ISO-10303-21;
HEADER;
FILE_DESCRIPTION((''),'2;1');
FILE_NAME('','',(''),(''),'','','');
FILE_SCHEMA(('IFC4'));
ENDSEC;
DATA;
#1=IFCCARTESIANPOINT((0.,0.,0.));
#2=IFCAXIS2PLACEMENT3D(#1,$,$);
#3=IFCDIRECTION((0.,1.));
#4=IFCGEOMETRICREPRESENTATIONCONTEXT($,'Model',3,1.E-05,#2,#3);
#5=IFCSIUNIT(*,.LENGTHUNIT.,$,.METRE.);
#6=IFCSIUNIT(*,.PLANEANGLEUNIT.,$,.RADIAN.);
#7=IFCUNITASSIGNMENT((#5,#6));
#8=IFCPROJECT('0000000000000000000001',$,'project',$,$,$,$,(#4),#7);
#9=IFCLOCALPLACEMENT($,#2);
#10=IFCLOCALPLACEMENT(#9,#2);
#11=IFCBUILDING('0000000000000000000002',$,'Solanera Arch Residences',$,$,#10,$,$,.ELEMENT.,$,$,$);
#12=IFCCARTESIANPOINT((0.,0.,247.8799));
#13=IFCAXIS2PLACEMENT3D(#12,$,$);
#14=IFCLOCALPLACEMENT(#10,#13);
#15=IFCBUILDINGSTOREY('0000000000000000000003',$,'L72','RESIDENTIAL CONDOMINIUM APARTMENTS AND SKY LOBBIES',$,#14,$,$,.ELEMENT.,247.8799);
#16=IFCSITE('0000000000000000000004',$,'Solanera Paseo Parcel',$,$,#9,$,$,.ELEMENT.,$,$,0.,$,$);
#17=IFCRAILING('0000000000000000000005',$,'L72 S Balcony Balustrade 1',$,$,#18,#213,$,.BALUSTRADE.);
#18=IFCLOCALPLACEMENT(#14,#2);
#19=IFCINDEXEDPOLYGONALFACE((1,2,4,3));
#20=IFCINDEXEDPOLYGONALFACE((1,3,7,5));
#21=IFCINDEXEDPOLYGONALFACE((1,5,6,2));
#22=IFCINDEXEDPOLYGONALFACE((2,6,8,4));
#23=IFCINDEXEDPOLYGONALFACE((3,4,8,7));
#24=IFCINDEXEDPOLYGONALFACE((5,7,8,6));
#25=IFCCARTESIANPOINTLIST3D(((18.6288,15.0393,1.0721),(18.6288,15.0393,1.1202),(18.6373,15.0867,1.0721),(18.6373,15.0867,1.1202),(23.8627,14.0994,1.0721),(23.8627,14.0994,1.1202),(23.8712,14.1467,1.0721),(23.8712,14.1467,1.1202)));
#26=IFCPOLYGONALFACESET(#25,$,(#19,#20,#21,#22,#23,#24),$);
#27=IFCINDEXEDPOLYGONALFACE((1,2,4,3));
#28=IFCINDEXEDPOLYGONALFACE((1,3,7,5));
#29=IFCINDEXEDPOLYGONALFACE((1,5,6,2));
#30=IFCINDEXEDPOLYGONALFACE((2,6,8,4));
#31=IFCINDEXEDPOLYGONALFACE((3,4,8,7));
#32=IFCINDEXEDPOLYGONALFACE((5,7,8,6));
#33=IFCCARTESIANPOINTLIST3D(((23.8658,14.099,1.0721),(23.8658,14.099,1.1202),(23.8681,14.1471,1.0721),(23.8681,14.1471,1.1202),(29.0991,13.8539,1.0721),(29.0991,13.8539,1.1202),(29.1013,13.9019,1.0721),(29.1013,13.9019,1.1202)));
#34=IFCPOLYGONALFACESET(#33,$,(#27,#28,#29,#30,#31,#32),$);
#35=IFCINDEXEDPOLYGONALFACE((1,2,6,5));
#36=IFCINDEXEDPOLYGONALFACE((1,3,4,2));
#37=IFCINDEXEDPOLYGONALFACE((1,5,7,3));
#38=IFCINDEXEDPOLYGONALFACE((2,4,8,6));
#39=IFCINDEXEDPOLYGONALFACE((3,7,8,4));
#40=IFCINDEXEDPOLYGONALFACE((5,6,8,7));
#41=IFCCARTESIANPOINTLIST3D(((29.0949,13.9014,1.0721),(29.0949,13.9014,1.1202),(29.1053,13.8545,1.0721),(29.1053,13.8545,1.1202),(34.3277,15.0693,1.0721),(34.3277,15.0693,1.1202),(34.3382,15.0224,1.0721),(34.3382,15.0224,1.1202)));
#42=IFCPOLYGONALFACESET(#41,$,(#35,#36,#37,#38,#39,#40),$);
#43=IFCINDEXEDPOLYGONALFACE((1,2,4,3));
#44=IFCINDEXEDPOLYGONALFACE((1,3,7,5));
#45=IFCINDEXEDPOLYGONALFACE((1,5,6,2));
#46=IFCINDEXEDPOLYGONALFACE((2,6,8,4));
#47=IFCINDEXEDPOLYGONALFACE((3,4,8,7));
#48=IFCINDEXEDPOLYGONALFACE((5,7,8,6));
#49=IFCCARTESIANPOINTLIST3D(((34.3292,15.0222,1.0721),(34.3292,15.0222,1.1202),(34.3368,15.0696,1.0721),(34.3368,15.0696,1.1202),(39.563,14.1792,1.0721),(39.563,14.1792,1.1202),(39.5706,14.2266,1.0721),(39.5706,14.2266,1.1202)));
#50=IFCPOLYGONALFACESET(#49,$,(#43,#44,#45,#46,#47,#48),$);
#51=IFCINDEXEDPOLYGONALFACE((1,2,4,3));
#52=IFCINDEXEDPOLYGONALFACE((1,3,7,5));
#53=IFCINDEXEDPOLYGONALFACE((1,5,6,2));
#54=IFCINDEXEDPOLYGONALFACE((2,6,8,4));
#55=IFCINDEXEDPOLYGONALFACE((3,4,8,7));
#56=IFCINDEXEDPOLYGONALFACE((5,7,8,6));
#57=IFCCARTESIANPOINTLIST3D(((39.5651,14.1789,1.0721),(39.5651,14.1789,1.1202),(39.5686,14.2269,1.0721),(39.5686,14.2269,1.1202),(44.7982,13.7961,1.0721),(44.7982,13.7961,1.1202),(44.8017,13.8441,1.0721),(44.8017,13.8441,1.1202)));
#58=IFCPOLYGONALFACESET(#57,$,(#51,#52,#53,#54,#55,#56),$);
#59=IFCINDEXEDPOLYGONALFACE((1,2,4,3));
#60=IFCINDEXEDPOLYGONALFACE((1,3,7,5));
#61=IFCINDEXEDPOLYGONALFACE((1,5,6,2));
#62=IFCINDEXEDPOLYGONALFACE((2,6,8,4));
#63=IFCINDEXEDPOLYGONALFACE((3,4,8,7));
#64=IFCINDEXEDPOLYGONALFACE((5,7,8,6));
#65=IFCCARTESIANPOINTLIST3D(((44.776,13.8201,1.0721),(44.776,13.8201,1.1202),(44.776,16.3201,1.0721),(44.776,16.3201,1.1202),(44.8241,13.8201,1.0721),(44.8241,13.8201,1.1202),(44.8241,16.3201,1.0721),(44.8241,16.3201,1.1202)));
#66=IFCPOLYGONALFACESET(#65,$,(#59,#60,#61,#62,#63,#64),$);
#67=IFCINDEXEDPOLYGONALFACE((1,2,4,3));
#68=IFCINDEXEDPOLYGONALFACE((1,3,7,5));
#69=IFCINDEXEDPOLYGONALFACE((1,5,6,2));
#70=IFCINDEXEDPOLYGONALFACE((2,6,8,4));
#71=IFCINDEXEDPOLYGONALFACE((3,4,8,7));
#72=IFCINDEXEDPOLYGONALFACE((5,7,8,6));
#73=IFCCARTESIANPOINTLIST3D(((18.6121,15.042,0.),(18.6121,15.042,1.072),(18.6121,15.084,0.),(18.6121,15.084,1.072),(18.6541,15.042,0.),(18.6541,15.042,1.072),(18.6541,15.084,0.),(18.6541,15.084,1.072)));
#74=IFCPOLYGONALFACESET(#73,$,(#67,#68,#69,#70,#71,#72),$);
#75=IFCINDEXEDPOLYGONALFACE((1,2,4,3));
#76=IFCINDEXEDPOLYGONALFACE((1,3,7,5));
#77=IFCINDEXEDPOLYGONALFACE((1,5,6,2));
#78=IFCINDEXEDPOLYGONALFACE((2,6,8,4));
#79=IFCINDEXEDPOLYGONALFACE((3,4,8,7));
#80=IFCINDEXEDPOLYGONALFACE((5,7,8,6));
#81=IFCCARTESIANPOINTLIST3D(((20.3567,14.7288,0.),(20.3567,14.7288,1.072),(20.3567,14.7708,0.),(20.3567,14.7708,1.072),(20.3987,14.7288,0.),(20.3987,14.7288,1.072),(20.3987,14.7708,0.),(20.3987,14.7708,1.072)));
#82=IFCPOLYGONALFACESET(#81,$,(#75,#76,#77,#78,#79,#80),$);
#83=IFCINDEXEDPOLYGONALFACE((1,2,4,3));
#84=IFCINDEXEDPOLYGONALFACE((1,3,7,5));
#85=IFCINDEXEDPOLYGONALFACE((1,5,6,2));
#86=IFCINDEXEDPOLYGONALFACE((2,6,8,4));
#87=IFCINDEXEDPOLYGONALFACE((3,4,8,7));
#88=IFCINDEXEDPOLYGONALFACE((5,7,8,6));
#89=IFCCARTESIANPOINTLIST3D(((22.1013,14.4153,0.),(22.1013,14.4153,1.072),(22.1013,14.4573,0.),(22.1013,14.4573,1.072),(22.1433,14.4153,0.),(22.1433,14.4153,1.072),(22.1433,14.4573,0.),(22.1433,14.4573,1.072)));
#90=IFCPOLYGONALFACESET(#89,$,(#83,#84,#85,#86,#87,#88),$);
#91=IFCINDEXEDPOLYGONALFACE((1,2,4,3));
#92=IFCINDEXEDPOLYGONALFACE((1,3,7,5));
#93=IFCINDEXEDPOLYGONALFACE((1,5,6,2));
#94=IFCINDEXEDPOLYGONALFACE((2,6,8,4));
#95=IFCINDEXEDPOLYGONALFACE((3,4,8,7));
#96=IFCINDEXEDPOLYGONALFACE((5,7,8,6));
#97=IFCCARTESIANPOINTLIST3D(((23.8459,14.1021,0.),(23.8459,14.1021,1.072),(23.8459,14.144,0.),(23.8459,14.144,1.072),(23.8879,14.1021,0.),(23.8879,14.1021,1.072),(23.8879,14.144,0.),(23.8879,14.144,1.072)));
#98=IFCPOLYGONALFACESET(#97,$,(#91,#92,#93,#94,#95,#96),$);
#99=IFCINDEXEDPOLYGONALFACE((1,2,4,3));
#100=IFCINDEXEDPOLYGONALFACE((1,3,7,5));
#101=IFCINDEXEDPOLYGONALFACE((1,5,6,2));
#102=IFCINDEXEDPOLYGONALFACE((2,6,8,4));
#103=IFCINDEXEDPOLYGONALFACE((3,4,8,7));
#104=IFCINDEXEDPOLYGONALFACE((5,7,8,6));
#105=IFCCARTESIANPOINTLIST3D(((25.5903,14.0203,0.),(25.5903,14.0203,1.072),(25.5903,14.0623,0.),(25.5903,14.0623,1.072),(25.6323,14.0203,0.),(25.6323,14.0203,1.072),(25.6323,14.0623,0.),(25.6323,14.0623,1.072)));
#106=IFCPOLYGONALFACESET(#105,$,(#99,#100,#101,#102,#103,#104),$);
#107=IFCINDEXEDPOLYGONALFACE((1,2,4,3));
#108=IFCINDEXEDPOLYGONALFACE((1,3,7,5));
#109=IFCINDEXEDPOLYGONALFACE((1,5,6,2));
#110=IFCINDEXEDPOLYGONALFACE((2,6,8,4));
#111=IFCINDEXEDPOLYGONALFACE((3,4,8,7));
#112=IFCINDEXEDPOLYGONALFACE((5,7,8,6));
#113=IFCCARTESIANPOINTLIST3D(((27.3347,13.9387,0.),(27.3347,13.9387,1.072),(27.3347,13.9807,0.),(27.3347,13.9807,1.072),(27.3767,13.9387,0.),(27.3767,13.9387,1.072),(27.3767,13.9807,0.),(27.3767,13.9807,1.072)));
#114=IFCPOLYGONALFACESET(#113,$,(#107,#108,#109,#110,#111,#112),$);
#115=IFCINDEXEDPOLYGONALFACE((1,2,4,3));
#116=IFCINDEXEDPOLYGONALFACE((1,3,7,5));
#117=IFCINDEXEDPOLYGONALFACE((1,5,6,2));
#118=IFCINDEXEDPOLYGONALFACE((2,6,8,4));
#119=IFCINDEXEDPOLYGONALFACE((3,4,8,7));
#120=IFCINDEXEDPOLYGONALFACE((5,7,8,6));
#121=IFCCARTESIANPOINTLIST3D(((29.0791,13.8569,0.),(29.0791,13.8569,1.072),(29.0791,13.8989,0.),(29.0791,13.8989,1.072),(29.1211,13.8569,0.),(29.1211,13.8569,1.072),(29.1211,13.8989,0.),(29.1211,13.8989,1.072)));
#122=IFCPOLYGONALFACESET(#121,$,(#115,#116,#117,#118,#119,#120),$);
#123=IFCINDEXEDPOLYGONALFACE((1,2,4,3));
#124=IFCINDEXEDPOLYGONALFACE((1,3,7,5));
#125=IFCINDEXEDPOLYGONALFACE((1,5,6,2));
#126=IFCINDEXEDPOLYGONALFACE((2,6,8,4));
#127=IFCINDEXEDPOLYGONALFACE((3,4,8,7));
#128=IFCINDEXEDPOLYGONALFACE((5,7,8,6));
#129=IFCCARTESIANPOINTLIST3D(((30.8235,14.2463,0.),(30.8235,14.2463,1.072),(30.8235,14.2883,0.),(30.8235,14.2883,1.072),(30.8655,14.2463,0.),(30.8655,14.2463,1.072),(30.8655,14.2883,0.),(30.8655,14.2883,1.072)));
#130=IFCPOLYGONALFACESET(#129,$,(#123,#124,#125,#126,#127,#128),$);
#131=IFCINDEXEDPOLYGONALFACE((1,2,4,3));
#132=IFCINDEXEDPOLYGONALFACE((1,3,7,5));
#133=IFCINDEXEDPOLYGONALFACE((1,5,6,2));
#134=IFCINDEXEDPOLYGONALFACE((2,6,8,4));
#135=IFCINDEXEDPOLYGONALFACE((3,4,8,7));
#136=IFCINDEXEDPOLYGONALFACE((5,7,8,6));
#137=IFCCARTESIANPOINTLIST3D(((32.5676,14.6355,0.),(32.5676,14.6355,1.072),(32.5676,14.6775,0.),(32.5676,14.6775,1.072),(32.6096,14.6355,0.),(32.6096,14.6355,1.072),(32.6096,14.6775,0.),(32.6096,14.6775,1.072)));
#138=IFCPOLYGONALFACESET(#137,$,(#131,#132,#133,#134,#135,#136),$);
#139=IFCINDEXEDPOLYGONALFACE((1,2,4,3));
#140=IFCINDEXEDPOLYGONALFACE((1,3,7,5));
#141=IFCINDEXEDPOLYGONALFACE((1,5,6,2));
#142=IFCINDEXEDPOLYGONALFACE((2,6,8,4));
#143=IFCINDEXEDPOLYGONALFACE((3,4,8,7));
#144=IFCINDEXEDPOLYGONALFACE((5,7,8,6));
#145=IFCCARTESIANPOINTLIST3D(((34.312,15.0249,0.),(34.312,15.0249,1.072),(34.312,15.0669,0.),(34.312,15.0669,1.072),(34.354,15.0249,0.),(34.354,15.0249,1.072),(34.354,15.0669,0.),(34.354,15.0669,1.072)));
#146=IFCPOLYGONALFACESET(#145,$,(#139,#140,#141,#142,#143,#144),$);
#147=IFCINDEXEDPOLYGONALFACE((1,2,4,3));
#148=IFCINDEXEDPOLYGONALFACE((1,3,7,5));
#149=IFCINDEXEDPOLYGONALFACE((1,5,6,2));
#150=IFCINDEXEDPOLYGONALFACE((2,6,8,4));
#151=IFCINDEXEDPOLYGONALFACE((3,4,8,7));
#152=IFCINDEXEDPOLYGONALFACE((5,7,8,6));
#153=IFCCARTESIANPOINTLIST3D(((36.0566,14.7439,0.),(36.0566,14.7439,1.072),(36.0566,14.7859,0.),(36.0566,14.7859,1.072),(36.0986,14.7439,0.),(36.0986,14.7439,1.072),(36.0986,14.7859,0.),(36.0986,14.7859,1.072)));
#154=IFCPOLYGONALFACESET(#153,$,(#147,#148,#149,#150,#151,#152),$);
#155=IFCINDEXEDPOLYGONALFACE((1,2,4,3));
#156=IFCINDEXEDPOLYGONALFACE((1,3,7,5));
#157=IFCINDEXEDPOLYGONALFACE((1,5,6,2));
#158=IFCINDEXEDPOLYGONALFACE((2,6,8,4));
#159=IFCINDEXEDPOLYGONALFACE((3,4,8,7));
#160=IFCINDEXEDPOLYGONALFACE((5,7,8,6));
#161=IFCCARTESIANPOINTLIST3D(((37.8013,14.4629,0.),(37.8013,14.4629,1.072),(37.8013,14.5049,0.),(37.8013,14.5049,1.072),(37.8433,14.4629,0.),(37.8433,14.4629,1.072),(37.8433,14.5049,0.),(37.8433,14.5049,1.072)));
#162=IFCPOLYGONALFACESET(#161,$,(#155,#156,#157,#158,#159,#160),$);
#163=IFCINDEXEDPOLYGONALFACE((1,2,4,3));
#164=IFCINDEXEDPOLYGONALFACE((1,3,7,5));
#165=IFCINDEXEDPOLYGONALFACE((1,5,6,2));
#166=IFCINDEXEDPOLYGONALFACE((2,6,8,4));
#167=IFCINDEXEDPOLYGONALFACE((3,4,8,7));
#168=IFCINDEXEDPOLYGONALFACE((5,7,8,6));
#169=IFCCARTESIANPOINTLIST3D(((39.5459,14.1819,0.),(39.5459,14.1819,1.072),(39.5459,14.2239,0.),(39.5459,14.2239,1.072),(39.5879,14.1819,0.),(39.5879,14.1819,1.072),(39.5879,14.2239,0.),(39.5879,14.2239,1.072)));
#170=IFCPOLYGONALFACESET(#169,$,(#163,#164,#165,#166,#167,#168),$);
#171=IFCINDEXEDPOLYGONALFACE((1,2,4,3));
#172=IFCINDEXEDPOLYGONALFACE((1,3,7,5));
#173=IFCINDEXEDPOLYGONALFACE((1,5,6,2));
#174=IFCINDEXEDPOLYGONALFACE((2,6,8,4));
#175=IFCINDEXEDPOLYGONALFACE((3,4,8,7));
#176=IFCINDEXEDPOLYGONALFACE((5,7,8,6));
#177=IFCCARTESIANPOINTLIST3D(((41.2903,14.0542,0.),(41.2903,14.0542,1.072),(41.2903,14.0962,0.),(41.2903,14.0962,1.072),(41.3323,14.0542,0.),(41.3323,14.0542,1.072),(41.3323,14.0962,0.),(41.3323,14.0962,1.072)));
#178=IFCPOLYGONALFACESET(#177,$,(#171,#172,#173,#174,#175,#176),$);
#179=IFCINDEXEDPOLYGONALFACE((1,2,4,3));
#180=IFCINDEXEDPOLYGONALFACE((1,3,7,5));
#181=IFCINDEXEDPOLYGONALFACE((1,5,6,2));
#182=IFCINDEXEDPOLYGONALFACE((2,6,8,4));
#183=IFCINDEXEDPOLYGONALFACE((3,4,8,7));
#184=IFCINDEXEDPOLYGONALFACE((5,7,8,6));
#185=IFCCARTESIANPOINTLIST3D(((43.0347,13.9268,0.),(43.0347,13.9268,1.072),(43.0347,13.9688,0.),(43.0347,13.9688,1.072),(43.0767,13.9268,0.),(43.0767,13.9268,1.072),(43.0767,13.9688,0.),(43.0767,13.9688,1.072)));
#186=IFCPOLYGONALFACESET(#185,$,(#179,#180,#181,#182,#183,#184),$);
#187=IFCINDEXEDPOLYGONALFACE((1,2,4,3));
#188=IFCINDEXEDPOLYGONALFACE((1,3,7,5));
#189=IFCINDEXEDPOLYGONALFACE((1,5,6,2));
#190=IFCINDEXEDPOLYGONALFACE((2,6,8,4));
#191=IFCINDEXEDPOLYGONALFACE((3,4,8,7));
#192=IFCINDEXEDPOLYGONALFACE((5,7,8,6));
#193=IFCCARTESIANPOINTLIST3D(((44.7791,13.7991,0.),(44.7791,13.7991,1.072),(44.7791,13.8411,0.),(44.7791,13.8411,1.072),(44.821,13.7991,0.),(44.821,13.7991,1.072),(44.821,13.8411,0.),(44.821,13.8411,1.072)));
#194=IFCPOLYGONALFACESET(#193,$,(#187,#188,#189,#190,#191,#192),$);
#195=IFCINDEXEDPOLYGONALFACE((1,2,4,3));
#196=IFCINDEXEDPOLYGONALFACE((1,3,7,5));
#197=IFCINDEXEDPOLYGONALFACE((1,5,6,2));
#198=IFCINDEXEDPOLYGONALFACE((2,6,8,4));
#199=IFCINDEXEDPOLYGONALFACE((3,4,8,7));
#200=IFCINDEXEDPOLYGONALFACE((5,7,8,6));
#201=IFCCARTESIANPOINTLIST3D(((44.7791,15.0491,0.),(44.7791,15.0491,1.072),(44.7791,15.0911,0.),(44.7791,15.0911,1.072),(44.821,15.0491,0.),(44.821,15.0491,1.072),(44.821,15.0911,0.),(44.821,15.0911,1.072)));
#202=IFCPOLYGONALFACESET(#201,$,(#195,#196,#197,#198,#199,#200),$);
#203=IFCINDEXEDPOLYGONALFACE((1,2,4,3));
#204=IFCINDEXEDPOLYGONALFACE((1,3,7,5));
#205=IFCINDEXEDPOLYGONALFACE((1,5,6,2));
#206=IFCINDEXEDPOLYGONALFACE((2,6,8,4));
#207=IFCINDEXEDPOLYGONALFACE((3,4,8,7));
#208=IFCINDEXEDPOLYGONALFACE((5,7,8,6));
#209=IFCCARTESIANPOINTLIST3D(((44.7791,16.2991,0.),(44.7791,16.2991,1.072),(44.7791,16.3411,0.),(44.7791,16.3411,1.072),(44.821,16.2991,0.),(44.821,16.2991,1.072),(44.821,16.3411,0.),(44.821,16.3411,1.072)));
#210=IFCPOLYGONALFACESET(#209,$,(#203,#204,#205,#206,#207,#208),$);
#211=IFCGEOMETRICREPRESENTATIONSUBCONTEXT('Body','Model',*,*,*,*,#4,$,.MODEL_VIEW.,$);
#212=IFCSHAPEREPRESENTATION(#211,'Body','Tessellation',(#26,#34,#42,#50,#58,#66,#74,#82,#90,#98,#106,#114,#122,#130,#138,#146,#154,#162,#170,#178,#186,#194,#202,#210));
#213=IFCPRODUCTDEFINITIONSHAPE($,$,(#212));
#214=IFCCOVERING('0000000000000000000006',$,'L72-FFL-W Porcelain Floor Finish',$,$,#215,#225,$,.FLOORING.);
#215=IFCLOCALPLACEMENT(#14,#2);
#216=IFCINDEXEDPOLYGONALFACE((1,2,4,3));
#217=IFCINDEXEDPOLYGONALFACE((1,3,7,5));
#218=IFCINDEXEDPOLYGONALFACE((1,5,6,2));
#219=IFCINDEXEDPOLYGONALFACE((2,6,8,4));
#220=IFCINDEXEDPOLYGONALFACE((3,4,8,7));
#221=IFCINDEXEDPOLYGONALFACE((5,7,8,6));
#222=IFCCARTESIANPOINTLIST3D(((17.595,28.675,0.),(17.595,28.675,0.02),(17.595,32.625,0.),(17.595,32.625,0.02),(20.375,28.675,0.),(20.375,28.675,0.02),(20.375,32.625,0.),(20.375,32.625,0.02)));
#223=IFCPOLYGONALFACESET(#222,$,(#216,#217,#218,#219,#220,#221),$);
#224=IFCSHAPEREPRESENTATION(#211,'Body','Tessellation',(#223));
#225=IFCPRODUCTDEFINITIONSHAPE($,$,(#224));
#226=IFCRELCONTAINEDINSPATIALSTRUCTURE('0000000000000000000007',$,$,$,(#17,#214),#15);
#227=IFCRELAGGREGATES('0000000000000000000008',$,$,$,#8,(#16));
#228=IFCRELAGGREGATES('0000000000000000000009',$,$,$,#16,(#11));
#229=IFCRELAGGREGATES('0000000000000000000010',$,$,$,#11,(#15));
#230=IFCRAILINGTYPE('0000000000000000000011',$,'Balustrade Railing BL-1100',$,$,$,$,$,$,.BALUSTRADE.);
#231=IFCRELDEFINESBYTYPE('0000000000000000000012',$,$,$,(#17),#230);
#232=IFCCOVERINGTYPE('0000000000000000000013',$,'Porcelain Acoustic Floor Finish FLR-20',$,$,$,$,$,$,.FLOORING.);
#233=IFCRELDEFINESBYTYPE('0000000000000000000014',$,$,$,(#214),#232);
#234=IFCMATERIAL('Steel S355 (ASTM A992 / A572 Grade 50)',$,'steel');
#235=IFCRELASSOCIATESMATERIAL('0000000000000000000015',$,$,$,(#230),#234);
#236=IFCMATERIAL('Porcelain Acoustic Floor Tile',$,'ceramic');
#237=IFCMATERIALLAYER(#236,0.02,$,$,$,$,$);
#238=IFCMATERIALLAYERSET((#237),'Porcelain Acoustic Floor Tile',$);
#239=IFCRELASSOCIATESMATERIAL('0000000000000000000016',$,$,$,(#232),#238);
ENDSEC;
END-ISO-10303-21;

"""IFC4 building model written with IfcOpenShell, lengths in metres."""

from ifc_helpers import new_model, si_unit, direction, frame, origin, origin_2d, place, context, subcontext, project, spatial, polyline, rectangle, outline, extrude, material, layer, layer_set, type_object, element, save


model = new_model("IFC4")

# Units and contexts
model_context = context("Model", 3, precision=1e-05, world=origin(), true_north=direction((0.0, 1.0)))
body_context = subcontext(model_context, "Body", "Model", "MODEL_VIEW")
ifc_project = project(units=[si_unit("LENGTHUNIT", "METRE"), si_unit("PLANEANGLEUNIT", "RADIAN")], contexts=[model_context])

# Site, building, storey
site_placement = place(None, origin())
site = spatial("IfcSite", under=ifc_project, at=site_placement, Name="Solanera Paseo Parcel", CompositionType="ELEMENT", RefElevation=0.0)
building_placement = place(site_placement, origin())
building = spatial("IfcBuilding", under=site, at=building_placement, Name="Solanera Arch Residences", CompositionType="ELEMENT")
storey_placement = place(building_placement, frame((0.0, 0.0, 247.8799)))
storey = spatial("IfcBuildingStorey", under=building, at=storey_placement, Name="L72", Description="RESIDENTIAL CONDOMINIUM APARTMENTS AND SKY LOBBIES", CompositionType="ELEMENT", Elevation=247.8799)

# Railing
ifc_material_1 = material(Name="Steel S355 (ASTM A992 / A572 Grade 50)", Category="steel")
railing_type = type_object("IfcRailingType", Name="Balustrade Railing BL-1100", PredefinedType="BALUSTRADE", material=ifc_material_1)
railing_placement = place(storey_placement, frame((18.6331, 15.063, 0.0)))
element("IfcRailing", 1, at=railing_placement, inside=storey, type_object=railing_type, Name="L72 S Balcony Balustrade 1", PredefinedType="BALUSTRADE", context=body_context, shape_type="SweptSolid", body=[
    extrude(rectangle(XDim=0.0481, YDim=0.0481, at=origin_2d()), frame((0.0, 0.0, 1.0962), z_axis=(0.984254, -0.17676, 0.0), x_axis=(0.17676, 0.984254, 0.0)), (0.0, 0.0, 1.0), 5.3176),
    extrude(rectangle(XDim=0.0481, YDim=0.0481, at=origin_2d()), frame((5.2339, -0.9399, 1.0962), z_axis=(0.998905, -0.046788, 0.0), x_axis=(0.046788, 0.998905, 0.0)), (0.0, 0.0, 1.0), 5.239),
    extrude(rectangle(XDim=0.0481, YDim=0.0481, at=origin_2d()), frame((10.467, -1.1851, 1.0962), z_axis=(0.975985, 0.217837, 0.0), x_axis=(-0.217837, 0.975985, 0.0)), (0.0, 0.0, 1.0), 5.3616),
    extrude(rectangle(XDim=0.0481, YDim=0.0481, at=origin_2d()), frame((15.7, -0.0171, 1.0962), z_axis=(0.987275, -0.15902, 0.0), x_axis=(0.15902, 0.987275, 0.0)), (0.0, 0.0, 1.0), 5.3013),
    extrude(rectangle(XDim=0.0481, YDim=0.0481, at=origin_2d()), frame((20.9338, -0.8601, 1.0962), z_axis=(0.997335, -0.072956, 0.0), x_axis=(0.072956, 0.997335, 0.0)), (0.0, 0.0, 1.0), 5.2471),
    extrude(rectangle(XDim=0.0481, YDim=0.0481, at=origin_2d()), frame((26.167, -1.2429, 1.0962), z_axis=(0.0, 1.0, 0.0), x_axis=(-1.0, 0.0, 0.0)), (0.0, 0.0, 1.0), 2.5),
    extrude(rectangle(XDim=0.042, YDim=0.042, at=origin_2d()), origin(), (0.0, 0.0, 1.0), 1.072),
    extrude(rectangle(XDim=0.042, YDim=0.042, at=origin_2d()), frame((1.7446, -0.3132, 0.0)), (0.0, 0.0, 1.0), 1.072),
    extrude(rectangle(XDim=0.042, YDim=0.042, at=origin_2d()), frame((3.4893, -0.6267, 0.0)), (0.0, 0.0, 1.0), 1.072),
    extrude(rectangle(XDim=0.042, YDim=0.042, at=origin_2d()), frame((5.2339, -0.9399, 0.0)), (0.0, 0.0, 1.0), 1.072),
    extrude(rectangle(XDim=0.042, YDim=0.042, at=origin_2d()), frame((6.9783, -1.0217, 0.0)), (0.0, 0.0, 1.0), 1.072),
    extrude(rectangle(XDim=0.042, YDim=0.042, at=origin_2d()), frame((8.7227, -1.1033, 0.0)), (0.0, 0.0, 1.0), 1.072),
    extrude(rectangle(XDim=0.042, YDim=0.042, at=origin_2d()), frame((10.467, -1.1851, 0.0)), (0.0, 0.0, 1.0), 1.072),
    extrude(rectangle(XDim=0.042, YDim=0.042, at=origin_2d()), frame((12.2114, -0.7957, 0.0)), (0.0, 0.0, 1.0), 1.072),
    extrude(rectangle(XDim=0.042, YDim=0.042, at=origin_2d()), frame((13.9556, -0.4065, 0.0)), (0.0, 0.0, 1.0), 1.072),
    extrude(rectangle(XDim=0.042, YDim=0.042, at=origin_2d()), frame((15.7, -0.0171, 0.0)), (0.0, 0.0, 1.0), 1.072),
    extrude(rectangle(XDim=0.042, YDim=0.042, at=origin_2d()), frame((17.4446, -0.2981, 0.0)), (0.0, 0.0, 1.0), 1.072),
    extrude(rectangle(XDim=0.042, YDim=0.042, at=origin_2d()), frame((19.1892, -0.5791, 0.0)), (0.0, 0.0, 1.0), 1.072),
    extrude(rectangle(XDim=0.042, YDim=0.042, at=origin_2d()), frame((20.9338, -0.8601, 0.0)), (0.0, 0.0, 1.0), 1.072),
    extrude(rectangle(XDim=0.042, YDim=0.042, at=origin_2d()), frame((22.6782, -0.9878, 0.0)), (0.0, 0.0, 1.0), 1.072),
    extrude(rectangle(XDim=0.042, YDim=0.042, at=origin_2d()), frame((24.4226, -1.1152, 0.0)), (0.0, 0.0, 1.0), 1.072),
    extrude(rectangle(XDim=0.042, YDim=0.042, at=origin_2d()), frame((26.167, -1.2429, 0.0)), (0.0, 0.0, 1.0), 1.072),
    extrude(rectangle(XDim=0.042, YDim=0.042, at=origin_2d()), frame((26.167, 0.0071, 0.0)), (0.0, 0.0, 1.0), 1.072),
    extrude(rectangle(XDim=0.042, YDim=0.042, at=origin_2d()), frame((26.167, 1.2571, 0.0)), (0.0, 0.0, 1.0), 1.072),
])

# Covering
ifc_material_2 = material(Name="Porcelain Acoustic Floor Tile", Category="ceramic")
ifc_layer_1 = layer(ifc_material_2, 0.02)
ifc_layer_set_1 = layer_set([ifc_layer_1], Name="Porcelain Acoustic Floor Tile")
covering_type_1 = type_object("IfcCoveringType", Name="Porcelain Acoustic Floor Finish FLR-20", PredefinedType="FLOORING", material=ifc_layer_set_1)
covering_1_placement = place(storey_placement, origin())
element("IfcCovering", 2, at=covering_1_placement, inside=storey, type_object=covering_type_1, Name="L72-FFL-W Porcelain Floor Finish", PredefinedType="FLOORING", context=body_context, shape_type="SweptSolid", body=[
    extrude(outline(polyline([(20.375, 28.675), (17.595, 28.675), (17.595, 32.625), (20.375, 32.625), (20.375, 28.675)])), origin(), (0.0, 0.0, 1.0), 0.02),
])

save(model, "model.ifc")
